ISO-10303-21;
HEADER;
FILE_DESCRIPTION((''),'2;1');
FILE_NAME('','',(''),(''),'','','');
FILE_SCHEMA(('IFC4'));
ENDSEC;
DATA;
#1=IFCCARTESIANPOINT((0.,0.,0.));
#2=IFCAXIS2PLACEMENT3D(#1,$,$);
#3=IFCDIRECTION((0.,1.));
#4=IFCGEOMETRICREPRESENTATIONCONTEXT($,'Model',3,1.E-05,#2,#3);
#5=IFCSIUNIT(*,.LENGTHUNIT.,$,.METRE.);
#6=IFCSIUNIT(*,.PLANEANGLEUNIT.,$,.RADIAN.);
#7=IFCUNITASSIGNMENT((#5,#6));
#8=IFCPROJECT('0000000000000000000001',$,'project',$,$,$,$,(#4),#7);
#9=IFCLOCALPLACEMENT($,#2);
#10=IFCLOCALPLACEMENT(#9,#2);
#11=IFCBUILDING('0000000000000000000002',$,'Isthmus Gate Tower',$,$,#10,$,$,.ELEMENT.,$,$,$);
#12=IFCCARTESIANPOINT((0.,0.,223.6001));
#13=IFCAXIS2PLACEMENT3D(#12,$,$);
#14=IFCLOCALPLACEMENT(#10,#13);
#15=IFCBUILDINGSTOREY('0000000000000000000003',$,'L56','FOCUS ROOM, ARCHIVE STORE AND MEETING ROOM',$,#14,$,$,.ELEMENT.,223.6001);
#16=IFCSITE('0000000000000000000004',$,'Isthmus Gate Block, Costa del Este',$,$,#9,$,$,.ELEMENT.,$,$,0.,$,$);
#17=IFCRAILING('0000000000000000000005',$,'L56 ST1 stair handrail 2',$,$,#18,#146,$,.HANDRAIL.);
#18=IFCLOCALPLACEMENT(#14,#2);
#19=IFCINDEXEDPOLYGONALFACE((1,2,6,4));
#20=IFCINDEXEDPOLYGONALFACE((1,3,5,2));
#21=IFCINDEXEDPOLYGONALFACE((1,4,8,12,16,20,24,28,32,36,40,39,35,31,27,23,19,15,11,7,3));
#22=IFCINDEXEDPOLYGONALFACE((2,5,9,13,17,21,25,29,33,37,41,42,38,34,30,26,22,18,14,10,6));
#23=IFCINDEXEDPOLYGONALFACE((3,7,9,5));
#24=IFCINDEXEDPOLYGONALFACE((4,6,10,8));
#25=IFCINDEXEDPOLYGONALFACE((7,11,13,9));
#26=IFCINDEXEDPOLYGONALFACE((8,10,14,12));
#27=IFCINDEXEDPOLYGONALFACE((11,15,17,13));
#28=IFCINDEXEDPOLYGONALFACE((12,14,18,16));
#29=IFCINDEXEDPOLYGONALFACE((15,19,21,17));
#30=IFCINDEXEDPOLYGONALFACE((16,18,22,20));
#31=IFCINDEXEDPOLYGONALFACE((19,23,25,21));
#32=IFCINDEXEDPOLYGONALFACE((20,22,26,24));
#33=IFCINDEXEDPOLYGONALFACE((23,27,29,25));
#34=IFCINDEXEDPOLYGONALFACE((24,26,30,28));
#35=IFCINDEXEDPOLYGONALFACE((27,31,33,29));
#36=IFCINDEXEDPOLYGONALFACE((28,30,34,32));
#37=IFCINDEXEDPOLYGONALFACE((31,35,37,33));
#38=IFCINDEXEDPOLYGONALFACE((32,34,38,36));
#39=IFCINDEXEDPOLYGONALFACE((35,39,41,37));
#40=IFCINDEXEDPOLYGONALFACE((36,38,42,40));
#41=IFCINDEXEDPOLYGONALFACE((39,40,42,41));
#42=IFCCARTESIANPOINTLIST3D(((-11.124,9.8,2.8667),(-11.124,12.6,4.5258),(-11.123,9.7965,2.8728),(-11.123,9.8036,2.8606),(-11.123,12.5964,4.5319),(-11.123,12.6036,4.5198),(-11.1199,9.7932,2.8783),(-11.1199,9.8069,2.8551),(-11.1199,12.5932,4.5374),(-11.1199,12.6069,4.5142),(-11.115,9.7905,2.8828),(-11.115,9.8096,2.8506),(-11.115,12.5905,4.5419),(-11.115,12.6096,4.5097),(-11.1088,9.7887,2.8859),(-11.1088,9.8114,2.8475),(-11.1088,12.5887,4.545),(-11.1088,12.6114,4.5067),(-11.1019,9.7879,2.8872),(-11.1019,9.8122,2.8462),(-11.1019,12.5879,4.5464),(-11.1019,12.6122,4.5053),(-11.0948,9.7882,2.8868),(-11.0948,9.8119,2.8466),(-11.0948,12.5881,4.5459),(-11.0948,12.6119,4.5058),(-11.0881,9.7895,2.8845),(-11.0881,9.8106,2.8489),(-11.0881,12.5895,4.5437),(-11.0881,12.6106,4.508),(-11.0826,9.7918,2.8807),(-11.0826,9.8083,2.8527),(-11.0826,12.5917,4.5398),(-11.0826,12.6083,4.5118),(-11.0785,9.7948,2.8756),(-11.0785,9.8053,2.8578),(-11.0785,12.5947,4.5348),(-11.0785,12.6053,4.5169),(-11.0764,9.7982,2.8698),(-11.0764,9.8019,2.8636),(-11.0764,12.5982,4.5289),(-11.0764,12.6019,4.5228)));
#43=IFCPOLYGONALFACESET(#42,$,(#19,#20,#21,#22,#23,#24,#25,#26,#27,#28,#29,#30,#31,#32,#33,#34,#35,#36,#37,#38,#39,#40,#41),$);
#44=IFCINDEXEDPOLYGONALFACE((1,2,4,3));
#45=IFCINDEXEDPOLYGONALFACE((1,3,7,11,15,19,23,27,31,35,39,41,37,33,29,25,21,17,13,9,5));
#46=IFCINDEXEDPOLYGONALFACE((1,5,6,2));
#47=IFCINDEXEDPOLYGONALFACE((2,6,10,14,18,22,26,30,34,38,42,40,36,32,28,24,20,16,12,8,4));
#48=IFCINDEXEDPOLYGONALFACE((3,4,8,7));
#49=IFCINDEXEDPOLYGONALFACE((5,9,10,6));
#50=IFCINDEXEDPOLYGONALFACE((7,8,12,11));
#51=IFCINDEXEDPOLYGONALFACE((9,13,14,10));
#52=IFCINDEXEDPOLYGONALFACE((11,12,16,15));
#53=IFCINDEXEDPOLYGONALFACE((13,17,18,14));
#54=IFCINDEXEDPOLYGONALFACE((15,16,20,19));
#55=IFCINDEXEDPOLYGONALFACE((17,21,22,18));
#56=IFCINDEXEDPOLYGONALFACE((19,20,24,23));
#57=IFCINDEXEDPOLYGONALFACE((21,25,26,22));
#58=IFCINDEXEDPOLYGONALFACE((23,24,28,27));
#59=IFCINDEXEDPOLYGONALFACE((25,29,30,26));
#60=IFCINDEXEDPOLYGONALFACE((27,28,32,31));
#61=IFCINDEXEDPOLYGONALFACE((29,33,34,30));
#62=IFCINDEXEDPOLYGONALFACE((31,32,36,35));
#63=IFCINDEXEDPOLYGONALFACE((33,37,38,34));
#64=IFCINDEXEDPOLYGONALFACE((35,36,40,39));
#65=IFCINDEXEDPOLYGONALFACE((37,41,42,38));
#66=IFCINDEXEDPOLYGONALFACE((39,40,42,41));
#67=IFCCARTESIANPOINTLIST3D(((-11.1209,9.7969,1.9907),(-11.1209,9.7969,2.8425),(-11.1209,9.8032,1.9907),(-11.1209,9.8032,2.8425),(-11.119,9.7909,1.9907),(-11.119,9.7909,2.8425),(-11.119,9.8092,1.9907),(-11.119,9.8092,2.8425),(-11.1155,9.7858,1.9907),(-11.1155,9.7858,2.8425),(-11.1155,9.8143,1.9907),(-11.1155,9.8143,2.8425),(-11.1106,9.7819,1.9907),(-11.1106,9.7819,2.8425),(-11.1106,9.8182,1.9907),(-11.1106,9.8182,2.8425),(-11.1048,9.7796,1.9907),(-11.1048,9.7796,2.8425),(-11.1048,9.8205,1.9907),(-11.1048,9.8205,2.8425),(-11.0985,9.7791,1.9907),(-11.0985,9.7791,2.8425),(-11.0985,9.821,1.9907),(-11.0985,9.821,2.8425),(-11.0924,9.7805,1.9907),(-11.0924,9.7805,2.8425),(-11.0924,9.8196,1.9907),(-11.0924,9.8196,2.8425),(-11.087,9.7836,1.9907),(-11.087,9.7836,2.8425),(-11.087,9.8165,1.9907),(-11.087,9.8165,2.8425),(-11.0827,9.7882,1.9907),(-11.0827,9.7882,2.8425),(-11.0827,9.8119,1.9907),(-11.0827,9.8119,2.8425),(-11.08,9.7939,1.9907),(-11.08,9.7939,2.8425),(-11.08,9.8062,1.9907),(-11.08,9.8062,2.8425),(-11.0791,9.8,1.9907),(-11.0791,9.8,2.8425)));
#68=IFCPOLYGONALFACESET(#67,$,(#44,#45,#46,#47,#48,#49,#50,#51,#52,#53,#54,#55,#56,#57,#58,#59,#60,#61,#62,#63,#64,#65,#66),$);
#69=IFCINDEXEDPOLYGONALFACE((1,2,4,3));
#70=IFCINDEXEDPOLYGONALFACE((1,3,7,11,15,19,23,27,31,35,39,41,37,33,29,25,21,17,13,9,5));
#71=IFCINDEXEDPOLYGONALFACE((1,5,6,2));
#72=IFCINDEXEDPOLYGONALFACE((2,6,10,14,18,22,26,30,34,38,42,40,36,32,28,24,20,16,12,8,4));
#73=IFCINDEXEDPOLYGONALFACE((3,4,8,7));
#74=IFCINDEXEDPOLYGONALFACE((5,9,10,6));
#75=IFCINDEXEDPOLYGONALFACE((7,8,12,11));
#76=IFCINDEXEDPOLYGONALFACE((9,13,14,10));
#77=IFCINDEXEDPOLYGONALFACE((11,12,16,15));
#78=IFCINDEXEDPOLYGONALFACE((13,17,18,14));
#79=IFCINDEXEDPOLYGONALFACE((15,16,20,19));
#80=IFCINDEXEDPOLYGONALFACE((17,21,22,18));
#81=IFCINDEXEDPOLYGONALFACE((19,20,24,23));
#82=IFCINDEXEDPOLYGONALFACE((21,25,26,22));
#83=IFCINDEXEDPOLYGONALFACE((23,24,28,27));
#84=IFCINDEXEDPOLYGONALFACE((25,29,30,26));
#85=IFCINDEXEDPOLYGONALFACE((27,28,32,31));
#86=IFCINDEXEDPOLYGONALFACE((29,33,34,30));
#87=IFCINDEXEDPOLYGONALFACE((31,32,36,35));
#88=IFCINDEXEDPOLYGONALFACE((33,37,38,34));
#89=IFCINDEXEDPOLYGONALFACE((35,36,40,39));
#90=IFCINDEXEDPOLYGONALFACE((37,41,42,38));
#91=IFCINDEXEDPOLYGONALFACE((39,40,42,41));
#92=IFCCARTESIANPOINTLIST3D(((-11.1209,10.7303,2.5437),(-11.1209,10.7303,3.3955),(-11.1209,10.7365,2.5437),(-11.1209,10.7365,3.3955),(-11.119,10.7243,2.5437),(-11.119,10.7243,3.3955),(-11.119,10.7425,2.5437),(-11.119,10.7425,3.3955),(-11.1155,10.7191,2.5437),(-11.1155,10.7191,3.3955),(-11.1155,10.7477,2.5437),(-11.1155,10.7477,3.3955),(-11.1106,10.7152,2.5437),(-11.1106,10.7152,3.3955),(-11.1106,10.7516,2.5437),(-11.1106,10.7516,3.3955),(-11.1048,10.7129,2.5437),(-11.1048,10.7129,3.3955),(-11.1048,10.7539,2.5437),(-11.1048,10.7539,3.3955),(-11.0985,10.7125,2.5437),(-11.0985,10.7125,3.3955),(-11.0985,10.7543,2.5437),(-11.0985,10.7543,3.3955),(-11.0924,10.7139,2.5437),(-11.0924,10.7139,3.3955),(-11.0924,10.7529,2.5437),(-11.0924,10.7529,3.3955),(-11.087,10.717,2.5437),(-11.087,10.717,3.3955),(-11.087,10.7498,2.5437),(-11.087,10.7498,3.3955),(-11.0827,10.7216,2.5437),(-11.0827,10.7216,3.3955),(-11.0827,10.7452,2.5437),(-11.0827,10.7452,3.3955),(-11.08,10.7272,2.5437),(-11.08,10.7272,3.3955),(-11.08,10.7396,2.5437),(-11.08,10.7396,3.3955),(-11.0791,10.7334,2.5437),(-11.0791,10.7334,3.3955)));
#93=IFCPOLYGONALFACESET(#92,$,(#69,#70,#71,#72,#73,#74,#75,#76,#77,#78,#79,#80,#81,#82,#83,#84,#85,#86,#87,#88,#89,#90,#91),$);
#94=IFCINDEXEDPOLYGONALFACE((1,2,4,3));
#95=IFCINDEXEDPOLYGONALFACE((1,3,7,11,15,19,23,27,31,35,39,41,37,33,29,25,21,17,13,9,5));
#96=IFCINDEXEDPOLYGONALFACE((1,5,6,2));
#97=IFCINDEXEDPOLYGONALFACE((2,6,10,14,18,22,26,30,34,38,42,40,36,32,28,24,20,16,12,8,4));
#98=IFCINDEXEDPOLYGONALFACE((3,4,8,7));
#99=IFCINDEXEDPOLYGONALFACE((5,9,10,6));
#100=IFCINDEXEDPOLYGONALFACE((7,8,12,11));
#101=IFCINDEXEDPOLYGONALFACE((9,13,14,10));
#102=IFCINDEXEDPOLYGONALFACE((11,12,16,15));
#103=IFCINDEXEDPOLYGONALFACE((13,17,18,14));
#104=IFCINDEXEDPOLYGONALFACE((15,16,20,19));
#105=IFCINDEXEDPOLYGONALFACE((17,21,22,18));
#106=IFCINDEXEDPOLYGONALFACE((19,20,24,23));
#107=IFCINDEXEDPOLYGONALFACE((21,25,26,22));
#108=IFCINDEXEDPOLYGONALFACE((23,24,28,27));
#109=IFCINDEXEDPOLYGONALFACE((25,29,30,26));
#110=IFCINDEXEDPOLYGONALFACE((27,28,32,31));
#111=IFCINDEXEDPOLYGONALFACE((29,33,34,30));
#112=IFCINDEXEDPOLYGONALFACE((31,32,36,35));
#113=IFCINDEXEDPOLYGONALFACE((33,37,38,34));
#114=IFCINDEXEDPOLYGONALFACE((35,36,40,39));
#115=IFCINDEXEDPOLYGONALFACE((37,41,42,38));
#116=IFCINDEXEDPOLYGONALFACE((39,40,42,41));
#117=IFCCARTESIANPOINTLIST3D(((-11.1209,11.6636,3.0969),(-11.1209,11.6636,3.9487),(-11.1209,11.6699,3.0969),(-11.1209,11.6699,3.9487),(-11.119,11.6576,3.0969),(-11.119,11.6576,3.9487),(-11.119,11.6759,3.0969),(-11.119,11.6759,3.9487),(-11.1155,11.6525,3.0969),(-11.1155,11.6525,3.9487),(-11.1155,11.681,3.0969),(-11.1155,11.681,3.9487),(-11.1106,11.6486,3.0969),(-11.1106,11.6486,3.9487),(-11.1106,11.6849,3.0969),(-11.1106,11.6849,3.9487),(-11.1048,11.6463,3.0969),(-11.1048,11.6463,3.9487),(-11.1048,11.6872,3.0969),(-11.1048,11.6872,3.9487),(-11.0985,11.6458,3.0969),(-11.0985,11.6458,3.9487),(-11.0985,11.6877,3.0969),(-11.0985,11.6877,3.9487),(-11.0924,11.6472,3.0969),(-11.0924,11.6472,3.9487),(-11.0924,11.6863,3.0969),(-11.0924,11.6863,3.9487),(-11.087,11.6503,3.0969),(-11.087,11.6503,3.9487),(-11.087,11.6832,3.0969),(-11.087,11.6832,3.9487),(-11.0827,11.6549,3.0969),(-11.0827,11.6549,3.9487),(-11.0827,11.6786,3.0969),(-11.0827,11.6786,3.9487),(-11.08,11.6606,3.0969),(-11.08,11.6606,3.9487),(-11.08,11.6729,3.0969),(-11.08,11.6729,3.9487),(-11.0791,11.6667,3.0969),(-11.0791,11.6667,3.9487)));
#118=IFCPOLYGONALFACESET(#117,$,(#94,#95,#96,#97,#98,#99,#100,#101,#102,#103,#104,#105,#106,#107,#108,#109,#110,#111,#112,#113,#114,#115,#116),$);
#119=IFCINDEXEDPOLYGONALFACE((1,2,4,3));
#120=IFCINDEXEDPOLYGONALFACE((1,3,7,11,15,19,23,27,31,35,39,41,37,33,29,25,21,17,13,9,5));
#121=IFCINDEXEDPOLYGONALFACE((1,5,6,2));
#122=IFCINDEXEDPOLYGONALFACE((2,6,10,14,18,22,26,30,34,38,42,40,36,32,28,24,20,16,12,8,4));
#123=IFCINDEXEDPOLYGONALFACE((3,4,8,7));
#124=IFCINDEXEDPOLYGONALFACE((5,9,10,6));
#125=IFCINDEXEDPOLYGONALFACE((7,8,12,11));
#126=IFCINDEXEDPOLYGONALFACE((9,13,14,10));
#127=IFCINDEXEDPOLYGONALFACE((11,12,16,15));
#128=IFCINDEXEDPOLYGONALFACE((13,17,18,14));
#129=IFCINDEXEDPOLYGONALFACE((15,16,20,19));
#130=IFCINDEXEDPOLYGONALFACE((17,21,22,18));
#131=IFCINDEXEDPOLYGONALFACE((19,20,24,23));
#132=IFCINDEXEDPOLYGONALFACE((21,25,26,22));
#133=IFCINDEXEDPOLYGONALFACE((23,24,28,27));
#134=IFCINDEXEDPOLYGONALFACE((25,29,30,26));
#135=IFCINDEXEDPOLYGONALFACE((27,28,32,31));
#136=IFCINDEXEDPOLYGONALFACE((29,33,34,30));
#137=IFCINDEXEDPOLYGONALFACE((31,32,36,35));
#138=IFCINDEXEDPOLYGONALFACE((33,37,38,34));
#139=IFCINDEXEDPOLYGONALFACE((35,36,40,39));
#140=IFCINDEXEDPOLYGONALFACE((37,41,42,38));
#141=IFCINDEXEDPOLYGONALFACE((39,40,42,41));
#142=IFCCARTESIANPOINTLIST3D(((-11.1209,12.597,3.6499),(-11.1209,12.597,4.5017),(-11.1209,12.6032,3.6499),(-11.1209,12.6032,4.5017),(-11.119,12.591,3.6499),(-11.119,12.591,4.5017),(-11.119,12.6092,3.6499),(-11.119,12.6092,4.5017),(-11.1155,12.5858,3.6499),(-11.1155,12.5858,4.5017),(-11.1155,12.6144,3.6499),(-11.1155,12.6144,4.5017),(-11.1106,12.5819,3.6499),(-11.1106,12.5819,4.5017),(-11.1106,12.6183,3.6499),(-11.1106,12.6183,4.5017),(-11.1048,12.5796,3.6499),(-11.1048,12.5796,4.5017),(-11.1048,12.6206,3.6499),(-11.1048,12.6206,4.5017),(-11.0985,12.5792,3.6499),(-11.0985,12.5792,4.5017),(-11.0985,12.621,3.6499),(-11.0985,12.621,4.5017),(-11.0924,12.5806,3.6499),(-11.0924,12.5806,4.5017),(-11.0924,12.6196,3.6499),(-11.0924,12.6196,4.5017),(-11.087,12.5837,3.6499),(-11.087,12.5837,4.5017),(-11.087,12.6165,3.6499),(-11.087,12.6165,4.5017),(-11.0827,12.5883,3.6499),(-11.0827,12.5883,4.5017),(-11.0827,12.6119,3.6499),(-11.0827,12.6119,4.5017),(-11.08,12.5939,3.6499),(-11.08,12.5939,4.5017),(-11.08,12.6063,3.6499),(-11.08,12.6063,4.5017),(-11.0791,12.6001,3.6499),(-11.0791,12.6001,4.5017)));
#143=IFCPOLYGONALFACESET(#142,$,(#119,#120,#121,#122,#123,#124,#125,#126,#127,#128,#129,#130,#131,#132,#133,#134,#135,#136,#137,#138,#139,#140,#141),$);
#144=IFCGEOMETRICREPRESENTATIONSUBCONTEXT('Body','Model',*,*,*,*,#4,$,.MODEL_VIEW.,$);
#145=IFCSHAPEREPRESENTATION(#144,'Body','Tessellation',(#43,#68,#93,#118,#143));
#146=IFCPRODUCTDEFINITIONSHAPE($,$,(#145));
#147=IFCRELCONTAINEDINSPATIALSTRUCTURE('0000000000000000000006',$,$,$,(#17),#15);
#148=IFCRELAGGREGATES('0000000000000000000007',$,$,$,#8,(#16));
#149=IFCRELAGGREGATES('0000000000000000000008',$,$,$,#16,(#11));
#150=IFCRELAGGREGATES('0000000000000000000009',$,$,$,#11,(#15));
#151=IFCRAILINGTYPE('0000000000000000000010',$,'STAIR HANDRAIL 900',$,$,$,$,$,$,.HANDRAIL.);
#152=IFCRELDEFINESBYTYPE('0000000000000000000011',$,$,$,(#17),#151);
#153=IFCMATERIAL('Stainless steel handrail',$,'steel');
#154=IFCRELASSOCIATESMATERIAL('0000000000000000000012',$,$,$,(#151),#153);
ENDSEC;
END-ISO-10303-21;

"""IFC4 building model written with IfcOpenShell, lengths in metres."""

from ifc_helpers import new_model, si_unit, direction, frame, origin, origin_2d, place, context, subcontext, project, spatial, circle, extrude, material, type_object, element, save


model = new_model("IFC4")

# Units and contexts
model_context = context("Model", 3, precision=1e-05, world=origin(), true_north=direction((0.0, 1.0)))
body_context = subcontext(model_context, "Body", "Model", "MODEL_VIEW")
ifc_project = project(units=[si_unit("LENGTHUNIT", "METRE"), si_unit("PLANEANGLEUNIT", "RADIAN")], contexts=[model_context])

# Site, building, storey
site_placement = place(None, origin())
site = spatial("IfcSite", under=ifc_project, at=site_placement, Name="Isthmus Gate Block, Costa del Este", CompositionType="ELEMENT", RefElevation=0.0)
building_placement = place(site_placement, origin())
building = spatial("IfcBuilding", under=site, at=building_placement, Name="Isthmus Gate Tower", CompositionType="ELEMENT")
storey_placement = place(building_placement, frame((0.0, 0.0, 223.6001)))
storey = spatial("IfcBuildingStorey", under=building, at=storey_placement, Name="L56", Description="FOCUS ROOM, ARCHIVE STORE AND MEETING ROOM", CompositionType="ELEMENT", Elevation=223.6001)

# Railing
ifc_material_1 = material(Name="Stainless steel handrail", Category="steel")
railing_type_1 = type_object("IfcRailingType", Name="STAIR HANDRAIL 900", PredefinedType="HANDRAIL", material=ifc_material_1)
railing_1_placement = place(storey_placement, frame((-11.1001, 9.8, 1.9907)))
element("IfcRailing", 1, at=railing_1_placement, inside=storey, type_object=railing_type_1, Name="L56 ST1 stair handrail 2", PredefinedType="HANDRAIL", context=body_context, shape_type="SweptSolid", body=[
    extrude(circle(Radius=0.0239, at=origin_2d()), frame((0.0, 0.0, 0.876), z_axis=(0.0, 0.860306, 0.509778), x_axis=(-1.0, 0.0, 0.0)), (0.0, 0.0, 1.0), 3.2546),
    extrude(circle(Radius=0.021, at=origin_2d()), origin(), (0.0, 0.0, 1.0), 0.8518),
    extrude(circle(Radius=0.021, at=origin_2d()), frame((0.0, 0.9333, 0.553)), (0.0, 0.0, 1.0), 0.8518),
    extrude(circle(Radius=0.021, at=origin_2d()), frame((0.0, 1.8667, 1.1062)), (0.0, 0.0, 1.0), 0.8518),
    extrude(circle(Radius=0.021, at=origin_2d()), frame((0.0, 2.8, 1.6592)), (0.0, 0.0, 1.0), 0.8518),
])

save(model, "model.ifc")
